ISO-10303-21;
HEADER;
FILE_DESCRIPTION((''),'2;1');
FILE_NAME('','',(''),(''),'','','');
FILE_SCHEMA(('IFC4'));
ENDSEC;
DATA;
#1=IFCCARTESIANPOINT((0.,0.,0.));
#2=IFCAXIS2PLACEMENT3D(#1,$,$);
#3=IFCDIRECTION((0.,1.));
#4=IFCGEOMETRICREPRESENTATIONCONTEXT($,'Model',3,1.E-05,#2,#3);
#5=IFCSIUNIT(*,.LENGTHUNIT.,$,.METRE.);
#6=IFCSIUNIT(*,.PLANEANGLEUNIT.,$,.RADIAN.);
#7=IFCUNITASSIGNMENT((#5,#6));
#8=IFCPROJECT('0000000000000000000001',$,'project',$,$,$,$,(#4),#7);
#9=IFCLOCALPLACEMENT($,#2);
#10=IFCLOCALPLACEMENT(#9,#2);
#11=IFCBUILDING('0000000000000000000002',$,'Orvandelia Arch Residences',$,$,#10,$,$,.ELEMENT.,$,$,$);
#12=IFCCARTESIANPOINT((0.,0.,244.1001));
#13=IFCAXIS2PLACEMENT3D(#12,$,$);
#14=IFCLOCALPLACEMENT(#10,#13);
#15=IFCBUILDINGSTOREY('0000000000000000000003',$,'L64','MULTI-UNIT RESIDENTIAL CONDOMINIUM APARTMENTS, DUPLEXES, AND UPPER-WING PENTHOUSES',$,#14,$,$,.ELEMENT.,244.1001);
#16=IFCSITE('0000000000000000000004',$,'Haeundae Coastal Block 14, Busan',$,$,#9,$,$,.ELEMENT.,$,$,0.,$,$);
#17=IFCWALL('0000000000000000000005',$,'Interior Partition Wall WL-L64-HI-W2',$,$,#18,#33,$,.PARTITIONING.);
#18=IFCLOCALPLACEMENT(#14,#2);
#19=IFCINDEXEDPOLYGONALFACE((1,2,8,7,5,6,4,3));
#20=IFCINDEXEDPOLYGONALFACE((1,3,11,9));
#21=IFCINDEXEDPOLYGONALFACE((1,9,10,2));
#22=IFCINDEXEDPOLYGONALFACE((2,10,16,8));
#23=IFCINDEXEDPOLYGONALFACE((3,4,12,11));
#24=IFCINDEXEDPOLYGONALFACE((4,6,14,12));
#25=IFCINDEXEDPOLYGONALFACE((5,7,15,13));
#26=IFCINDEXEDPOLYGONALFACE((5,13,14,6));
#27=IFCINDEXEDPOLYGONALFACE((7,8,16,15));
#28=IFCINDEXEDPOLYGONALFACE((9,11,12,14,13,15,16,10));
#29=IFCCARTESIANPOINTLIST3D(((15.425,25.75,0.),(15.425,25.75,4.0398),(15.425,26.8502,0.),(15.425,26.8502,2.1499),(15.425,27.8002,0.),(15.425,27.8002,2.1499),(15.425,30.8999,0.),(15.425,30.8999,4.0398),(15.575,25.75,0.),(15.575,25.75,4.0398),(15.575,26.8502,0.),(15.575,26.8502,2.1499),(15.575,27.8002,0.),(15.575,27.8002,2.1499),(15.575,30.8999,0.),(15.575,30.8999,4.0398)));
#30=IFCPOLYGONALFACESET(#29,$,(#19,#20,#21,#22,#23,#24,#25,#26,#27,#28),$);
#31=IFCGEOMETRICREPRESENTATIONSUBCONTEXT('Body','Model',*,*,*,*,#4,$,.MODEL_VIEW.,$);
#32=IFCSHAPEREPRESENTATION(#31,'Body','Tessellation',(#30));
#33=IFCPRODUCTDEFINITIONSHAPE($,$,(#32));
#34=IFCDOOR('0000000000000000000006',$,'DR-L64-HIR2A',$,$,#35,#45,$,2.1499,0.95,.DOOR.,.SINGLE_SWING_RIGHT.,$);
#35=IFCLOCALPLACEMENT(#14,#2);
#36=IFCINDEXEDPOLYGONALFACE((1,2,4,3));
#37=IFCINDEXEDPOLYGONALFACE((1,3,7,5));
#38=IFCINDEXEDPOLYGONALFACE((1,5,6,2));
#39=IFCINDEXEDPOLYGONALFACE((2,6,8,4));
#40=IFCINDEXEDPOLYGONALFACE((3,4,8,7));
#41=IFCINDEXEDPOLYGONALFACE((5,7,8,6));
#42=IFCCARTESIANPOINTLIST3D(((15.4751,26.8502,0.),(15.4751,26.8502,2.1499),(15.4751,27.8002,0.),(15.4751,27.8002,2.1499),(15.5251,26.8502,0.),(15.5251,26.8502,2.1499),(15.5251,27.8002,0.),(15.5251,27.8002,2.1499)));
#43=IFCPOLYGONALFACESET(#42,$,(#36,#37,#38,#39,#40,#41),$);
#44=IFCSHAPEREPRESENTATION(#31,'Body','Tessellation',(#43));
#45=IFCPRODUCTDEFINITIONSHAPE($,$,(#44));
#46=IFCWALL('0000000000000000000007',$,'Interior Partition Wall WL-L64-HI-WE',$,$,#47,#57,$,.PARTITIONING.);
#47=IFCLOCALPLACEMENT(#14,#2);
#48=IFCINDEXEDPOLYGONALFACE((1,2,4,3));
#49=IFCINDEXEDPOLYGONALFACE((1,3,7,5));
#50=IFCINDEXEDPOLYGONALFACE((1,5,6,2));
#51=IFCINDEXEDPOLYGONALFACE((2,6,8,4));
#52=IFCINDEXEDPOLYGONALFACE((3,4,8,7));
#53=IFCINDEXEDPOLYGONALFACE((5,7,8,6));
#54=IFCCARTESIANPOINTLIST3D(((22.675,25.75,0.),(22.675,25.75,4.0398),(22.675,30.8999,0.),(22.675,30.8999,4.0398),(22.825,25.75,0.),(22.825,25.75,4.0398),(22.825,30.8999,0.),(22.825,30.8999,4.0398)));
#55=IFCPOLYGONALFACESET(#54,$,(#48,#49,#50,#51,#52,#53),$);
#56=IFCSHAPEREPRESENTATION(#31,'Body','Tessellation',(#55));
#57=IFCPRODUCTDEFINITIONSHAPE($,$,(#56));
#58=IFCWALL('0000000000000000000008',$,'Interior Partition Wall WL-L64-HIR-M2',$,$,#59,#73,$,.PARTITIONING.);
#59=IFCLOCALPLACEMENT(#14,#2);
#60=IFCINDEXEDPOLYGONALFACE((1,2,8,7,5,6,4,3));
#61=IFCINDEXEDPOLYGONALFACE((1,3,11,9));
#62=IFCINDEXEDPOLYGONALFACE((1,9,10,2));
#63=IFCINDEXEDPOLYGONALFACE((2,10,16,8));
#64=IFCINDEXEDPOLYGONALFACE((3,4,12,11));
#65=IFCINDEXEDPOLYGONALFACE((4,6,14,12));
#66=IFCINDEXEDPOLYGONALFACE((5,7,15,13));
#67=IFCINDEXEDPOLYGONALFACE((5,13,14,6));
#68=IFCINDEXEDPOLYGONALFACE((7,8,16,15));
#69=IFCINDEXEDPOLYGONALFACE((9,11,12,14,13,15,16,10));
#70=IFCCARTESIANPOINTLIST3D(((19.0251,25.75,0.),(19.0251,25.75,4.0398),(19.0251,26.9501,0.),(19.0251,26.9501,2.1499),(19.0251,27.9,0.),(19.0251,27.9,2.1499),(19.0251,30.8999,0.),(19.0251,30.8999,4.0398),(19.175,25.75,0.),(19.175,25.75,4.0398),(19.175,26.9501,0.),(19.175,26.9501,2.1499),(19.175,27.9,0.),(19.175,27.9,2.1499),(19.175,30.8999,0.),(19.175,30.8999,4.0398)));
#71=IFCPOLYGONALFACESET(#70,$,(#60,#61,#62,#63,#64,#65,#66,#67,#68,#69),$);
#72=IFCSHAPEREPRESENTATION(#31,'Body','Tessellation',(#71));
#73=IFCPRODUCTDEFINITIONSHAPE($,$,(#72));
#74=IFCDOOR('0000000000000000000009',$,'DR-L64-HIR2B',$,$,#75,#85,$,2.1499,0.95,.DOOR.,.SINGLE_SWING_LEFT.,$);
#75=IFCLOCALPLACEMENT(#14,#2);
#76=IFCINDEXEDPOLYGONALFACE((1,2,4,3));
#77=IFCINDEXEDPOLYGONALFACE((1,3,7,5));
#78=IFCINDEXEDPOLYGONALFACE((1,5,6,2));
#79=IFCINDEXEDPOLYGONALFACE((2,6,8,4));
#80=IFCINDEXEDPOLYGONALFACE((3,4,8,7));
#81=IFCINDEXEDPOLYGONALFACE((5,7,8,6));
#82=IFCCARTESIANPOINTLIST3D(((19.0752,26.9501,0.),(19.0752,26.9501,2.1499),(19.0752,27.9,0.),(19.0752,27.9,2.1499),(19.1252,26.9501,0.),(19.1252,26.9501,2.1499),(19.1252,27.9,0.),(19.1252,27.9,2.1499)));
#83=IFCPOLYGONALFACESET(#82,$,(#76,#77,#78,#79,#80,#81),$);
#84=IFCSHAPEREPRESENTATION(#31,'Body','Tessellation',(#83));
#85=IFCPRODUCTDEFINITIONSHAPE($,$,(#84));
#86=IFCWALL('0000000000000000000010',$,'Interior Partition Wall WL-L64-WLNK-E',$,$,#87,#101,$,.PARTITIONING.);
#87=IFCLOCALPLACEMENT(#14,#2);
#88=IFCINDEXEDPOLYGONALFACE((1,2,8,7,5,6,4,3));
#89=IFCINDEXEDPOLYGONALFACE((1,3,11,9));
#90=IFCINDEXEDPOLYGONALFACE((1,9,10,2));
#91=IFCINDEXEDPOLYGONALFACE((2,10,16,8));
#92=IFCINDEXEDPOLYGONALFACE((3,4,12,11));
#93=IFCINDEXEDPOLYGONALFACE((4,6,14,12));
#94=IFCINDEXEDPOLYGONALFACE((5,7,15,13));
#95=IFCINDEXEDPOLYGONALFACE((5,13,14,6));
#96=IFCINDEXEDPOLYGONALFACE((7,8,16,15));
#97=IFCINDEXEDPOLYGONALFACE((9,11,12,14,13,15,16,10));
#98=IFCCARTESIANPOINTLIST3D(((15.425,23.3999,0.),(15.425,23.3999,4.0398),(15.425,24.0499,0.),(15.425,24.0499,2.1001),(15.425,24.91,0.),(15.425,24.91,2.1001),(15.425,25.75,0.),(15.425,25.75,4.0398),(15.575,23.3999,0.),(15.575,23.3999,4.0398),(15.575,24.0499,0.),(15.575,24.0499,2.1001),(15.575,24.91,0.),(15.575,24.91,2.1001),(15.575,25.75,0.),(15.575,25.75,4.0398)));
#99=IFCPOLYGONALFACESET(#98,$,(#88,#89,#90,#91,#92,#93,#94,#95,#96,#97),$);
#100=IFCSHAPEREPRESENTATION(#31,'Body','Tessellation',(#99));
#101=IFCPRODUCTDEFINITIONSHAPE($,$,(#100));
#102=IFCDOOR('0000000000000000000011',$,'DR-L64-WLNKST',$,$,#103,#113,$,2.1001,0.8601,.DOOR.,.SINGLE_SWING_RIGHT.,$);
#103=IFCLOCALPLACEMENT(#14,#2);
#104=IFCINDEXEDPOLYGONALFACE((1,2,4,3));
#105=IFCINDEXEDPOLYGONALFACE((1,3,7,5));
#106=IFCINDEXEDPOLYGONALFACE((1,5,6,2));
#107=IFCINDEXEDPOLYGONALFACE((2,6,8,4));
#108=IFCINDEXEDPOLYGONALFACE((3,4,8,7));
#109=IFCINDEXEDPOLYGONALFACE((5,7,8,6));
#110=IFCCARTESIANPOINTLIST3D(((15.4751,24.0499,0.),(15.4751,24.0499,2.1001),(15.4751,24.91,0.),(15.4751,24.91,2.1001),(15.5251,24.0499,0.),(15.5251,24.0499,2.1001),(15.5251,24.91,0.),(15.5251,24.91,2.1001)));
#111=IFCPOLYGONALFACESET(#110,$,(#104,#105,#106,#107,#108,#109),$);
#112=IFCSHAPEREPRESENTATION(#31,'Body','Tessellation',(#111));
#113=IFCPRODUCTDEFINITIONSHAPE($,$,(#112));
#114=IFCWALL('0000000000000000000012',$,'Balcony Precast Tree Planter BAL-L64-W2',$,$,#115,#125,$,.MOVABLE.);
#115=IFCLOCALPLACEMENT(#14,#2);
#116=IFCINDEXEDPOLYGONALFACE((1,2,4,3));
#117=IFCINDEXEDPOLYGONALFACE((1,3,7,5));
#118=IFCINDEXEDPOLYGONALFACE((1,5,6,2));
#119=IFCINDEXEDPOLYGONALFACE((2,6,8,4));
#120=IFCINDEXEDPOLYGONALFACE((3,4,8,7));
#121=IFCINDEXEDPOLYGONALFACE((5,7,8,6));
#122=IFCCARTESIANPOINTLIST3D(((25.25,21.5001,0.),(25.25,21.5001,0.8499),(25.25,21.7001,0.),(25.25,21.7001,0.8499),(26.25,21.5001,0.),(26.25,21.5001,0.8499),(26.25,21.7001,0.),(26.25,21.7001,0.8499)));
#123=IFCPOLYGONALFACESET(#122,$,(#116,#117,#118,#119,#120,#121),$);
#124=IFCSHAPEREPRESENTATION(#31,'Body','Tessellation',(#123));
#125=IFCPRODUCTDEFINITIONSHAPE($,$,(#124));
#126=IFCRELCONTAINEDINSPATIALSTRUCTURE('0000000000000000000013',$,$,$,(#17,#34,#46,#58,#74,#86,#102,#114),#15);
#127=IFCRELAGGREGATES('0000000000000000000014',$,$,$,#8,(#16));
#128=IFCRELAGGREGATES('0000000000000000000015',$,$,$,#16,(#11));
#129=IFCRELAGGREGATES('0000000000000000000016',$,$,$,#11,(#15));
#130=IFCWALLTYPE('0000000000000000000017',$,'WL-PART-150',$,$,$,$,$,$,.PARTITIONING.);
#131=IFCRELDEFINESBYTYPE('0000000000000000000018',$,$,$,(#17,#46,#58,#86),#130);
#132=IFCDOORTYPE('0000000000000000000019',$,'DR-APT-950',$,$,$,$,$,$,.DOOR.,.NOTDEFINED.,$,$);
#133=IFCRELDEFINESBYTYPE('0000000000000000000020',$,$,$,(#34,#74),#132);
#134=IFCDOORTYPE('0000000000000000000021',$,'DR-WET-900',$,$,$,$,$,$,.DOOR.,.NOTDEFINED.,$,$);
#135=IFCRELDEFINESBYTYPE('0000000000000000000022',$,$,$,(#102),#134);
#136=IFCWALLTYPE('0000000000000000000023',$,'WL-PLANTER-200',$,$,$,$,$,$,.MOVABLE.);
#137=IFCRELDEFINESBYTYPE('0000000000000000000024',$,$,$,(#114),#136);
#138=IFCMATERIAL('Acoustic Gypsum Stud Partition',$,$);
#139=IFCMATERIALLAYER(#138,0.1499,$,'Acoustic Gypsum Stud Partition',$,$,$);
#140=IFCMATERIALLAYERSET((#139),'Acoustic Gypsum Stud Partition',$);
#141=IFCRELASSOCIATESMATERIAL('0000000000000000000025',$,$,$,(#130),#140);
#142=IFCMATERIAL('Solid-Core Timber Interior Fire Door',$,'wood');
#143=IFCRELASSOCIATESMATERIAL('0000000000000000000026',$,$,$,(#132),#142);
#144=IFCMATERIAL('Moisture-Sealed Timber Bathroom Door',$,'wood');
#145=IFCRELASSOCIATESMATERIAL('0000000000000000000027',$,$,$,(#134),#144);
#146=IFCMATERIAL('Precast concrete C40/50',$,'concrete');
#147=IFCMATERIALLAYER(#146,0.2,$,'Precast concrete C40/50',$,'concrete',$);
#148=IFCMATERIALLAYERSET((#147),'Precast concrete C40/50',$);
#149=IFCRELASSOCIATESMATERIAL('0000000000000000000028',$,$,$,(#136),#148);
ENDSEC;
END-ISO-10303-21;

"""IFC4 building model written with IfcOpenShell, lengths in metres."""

from ifc_helpers import new_model, si_unit, direction, frame, frame_2d, origin, place, context, subcontext, project, spatial, rectangle, extrude, material, layer, layer_set, type_object, element, fill, save


model = new_model("IFC4")

# Units and contexts
model_context = context("Model", 3, precision=1e-05, world=origin(), true_north=direction((0.0, 1.0)))
body_context = subcontext(model_context, "Body", "Model", "MODEL_VIEW")
ifc_project = project(units=[si_unit("LENGTHUNIT", "METRE"), si_unit("PLANEANGLEUNIT", "RADIAN")], contexts=[model_context])

# Site, building, storey
site_placement = place(None, origin())
site = spatial("IfcSite", under=ifc_project, at=site_placement, Name="Haeundae Coastal Block 14, Busan", CompositionType="ELEMENT", RefElevation=0.0)
building_placement = place(site_placement, origin())
building = spatial("IfcBuilding", under=site, at=building_placement, Name="Orvandelia Arch Residences", CompositionType="ELEMENT")
storey_placement = place(building_placement, frame((0.0, 0.0, 244.1001)))
storey = spatial("IfcBuildingStorey", under=building, at=storey_placement, Name="L64", Description="MULTI-UNIT RESIDENTIAL CONDOMINIUM APARTMENTS, DUPLEXES, AND UPPER-WING PENTHOUSES", CompositionType="ELEMENT", Elevation=244.1001)

# Wall, opening, door
ifc_material_1 = material(Name="Acoustic Gypsum Stud Partition")
ifc_layer_1 = layer(ifc_material_1, 0.1499, Name="Acoustic Gypsum Stud Partition")
ifc_layer_set_1 = layer_set([ifc_layer_1], Name="Acoustic Gypsum Stud Partition")
wall_type_1 = type_object("IfcWallType", Name="WL-PART-150", PredefinedType="PARTITIONING", material=ifc_layer_set_1)
ifc_material_2 = material(Name="Solid-Core Timber Interior Fire Door", Category="wood")
door_type_1 = type_object("IfcDoorType", Name="DR-APT-950", OperationType="NOTDEFINED", PredefinedType="DOOR", material=ifc_material_2)
wall_1_placement = place(storey_placement, frame((15.5, 25.75, 0.0), z_axis=(0.0, 0.0, 1.0), x_axis=(0.0, 1.0, 0.0)))
wall_1 = element("IfcWall", 1, at=wall_1_placement, inside=storey, type_object=wall_type_1, Name="Interior Partition Wall WL-L64-HI-W2", PredefinedType="PARTITIONING", context=body_context, shape_type="SweptSolid", body=[
    extrude(rectangle(XDim=5.1499, YDim=0.1499, at=frame_2d((2.575, 0.0))), origin(), (0.0, 0.0, 1.0), 4.0398),
])
opening_1_placement = place(wall_1_placement, frame((1.1001, 0.0, 0.0)))
opening_1 = element("IfcOpeningElement", 2, at=opening_1_placement, cuts=wall_1, PredefinedType="OPENING", context=body_context, shape_type="SweptSolid", body=[
    extrude(rectangle(XDim=0.95, YDim=2.1499, at=frame_2d((0.4751, 1.075))), frame((0.0, 0.085, 0.0), z_axis=(0.0, -1.0, 0.0), x_axis=(1.0, 0.0, 0.0)), (0.0, 0.0, 1.0), 0.1699),
])
door_1_placement = place(opening_1_placement, origin())
door_1 = element("IfcDoor", 3, at=door_1_placement, inside=storey, type_object=door_type_1, Name="DR-L64-HIR2A", OperationType="SINGLE_SWING_RIGHT", OverallHeight=2.1499, OverallWidth=0.95, PredefinedType="DOOR", context=body_context, shape_type="SweptSolid", body=[
    extrude(rectangle(XDim=0.95, YDim=2.1499, at=frame_2d((0.4751, 1.075))), frame((0.0, 0.0249, 0.0), z_axis=(0.0, -1.0, 0.0), x_axis=(1.0, 0.0, 0.0)), (0.0, 0.0, 1.0), 0.05),
])
fill(opening_1, door_1)

# Wall
wall_2_placement = place(storey_placement, frame((22.75, 25.75, 0.0), z_axis=(0.0, 0.0, 1.0), x_axis=(0.0, 1.0, 0.0)))
element("IfcWall", 4, at=wall_2_placement, inside=storey, type_object=wall_type_1, Name="Interior Partition Wall WL-L64-HI-WE", PredefinedType="PARTITIONING", context=body_context, shape_type="SweptSolid", body=[
    extrude(rectangle(XDim=5.1499, YDim=0.1499, at=frame_2d((2.575, 0.0))), origin(), (0.0, 0.0, 1.0), 4.0398),
])

# Walls, openings, doors
wall_3_placement = place(storey_placement, frame((19.1001, 25.75, 0.0), z_axis=(0.0, 0.0, 1.0), x_axis=(0.0, 1.0, 0.0)))
wall_3 = element("IfcWall", 5, at=wall_3_placement, inside=storey, type_object=wall_type_1, Name="Interior Partition Wall WL-L64-HIR-M2", PredefinedType="PARTITIONING", context=body_context, shape_type="SweptSolid", body=[
    extrude(rectangle(XDim=5.1499, YDim=0.1499, at=frame_2d((2.575, 0.0))), origin(), (0.0, 0.0, 1.0), 4.0398),
])
opening_2_placement = place(wall_3_placement, frame((1.2, 0.0, 0.0)))
opening_2 = element("IfcOpeningElement", 6, at=opening_2_placement, cuts=wall_3, PredefinedType="OPENING", context=body_context, shape_type="SweptSolid", body=[
    extrude(rectangle(XDim=0.95, YDim=2.1499, at=frame_2d((0.4751, 1.075))), frame((0.0, 0.085, 0.0), z_axis=(0.0, -1.0, 0.0), x_axis=(1.0, 0.0, 0.0)), (0.0, 0.0, 1.0), 0.1699),
])
door_2_placement = place(opening_2_placement, origin())
door_2 = element("IfcDoor", 7, at=door_2_placement, inside=storey, type_object=door_type_1, Name="DR-L64-HIR2B", OperationType="SINGLE_SWING_LEFT", OverallHeight=2.1499, OverallWidth=0.95, PredefinedType="DOOR", context=body_context, shape_type="SweptSolid", body=[
    extrude(rectangle(XDim=0.95, YDim=2.1499, at=frame_2d((0.4751, 1.075))), frame((0.0, 0.0249, 0.0), z_axis=(0.0, -1.0, 0.0), x_axis=(1.0, 0.0, 0.0)), (0.0, 0.0, 1.0), 0.05),
])
fill(opening_2, door_2)
wall_4_placement = place(storey_placement, frame((15.5, 23.3999, 0.0), z_axis=(0.0, 0.0, 1.0), x_axis=(0.0, 1.0, 0.0)))
wall_4 = element("IfcWall", 8, at=wall_4_placement, inside=storey, type_object=wall_type_1, Name="Interior Partition Wall WL-L64-WLNK-E", PredefinedType="PARTITIONING", context=body_context, shape_type="SweptSolid", body=[
    extrude(rectangle(XDim=2.3501, YDim=0.1499, at=frame_2d((1.175, 0.0))), origin(), (0.0, 0.0, 1.0), 4.0398),
])
opening_3_placement = place(wall_4_placement, frame((0.6499, 0.0, 0.0)))
opening_3 = element("IfcOpeningElement", 9, at=opening_3_placement, cuts=wall_4, PredefinedType="OPENING", context=body_context, shape_type="SweptSolid", body=[
    extrude(rectangle(XDim=0.8601, YDim=2.1001, at=frame_2d((0.4302, 1.05))), frame((0.0, 0.085, 0.0), z_axis=(0.0, -1.0, 0.0), x_axis=(1.0, 0.0, 0.0)), (0.0, 0.0, 1.0), 0.1699),
])
ifc_material_3 = material(Name="Moisture-Sealed Timber Bathroom Door", Category="wood")
door_type_2 = type_object("IfcDoorType", Name="DR-WET-900", OperationType="NOTDEFINED", PredefinedType="DOOR", material=ifc_material_3)
door_3_placement = place(opening_3_placement, origin())
door_3 = element("IfcDoor", 10, at=door_3_placement, inside=storey, type_object=door_type_2, Name="DR-L64-WLNKST", OperationType="SINGLE_SWING_RIGHT", OverallHeight=2.1001, OverallWidth=0.8601, PredefinedType="DOOR", context=body_context, shape_type="SweptSolid", body=[
    extrude(rectangle(XDim=0.8601, YDim=2.1001, at=frame_2d((0.4302, 1.05))), frame((0.0, 0.0249, 0.0), z_axis=(0.0, -1.0, 0.0), x_axis=(1.0, 0.0, 0.0)), (0.0, 0.0, 1.0), 0.05),
])
fill(opening_3, door_3)

# Wall
ifc_material_4 = material(Name="Precast concrete C40/50", Category="concrete")
ifc_layer_2 = layer(ifc_material_4, 0.2, Name="Precast concrete C40/50", Category="concrete")
ifc_layer_set_2 = layer_set([ifc_layer_2], Name="Precast concrete C40/50")
wall_type_2 = type_object("IfcWallType", Name="WL-PLANTER-200", PredefinedType="MOVABLE", material=ifc_layer_set_2)
wall_5_placement = place(storey_placement, frame((25.25, 21.6001, 0.0), z_axis=(0.0, 0.0, 1.0), x_axis=(1.0, 0.0, 0.0)))
element("IfcWall", 11, at=wall_5_placement, inside=storey, type_object=wall_type_2, Name="Balcony Precast Tree Planter BAL-L64-W2", PredefinedType="MOVABLE", context=body_context, shape_type="SweptSolid", body=[
    extrude(rectangle(XDim=1.0, YDim=0.2, at=frame_2d((0.5, 0.0))), origin(), (0.0, 0.0, 1.0), 0.8499),
])

save(model, "model.ifc")
